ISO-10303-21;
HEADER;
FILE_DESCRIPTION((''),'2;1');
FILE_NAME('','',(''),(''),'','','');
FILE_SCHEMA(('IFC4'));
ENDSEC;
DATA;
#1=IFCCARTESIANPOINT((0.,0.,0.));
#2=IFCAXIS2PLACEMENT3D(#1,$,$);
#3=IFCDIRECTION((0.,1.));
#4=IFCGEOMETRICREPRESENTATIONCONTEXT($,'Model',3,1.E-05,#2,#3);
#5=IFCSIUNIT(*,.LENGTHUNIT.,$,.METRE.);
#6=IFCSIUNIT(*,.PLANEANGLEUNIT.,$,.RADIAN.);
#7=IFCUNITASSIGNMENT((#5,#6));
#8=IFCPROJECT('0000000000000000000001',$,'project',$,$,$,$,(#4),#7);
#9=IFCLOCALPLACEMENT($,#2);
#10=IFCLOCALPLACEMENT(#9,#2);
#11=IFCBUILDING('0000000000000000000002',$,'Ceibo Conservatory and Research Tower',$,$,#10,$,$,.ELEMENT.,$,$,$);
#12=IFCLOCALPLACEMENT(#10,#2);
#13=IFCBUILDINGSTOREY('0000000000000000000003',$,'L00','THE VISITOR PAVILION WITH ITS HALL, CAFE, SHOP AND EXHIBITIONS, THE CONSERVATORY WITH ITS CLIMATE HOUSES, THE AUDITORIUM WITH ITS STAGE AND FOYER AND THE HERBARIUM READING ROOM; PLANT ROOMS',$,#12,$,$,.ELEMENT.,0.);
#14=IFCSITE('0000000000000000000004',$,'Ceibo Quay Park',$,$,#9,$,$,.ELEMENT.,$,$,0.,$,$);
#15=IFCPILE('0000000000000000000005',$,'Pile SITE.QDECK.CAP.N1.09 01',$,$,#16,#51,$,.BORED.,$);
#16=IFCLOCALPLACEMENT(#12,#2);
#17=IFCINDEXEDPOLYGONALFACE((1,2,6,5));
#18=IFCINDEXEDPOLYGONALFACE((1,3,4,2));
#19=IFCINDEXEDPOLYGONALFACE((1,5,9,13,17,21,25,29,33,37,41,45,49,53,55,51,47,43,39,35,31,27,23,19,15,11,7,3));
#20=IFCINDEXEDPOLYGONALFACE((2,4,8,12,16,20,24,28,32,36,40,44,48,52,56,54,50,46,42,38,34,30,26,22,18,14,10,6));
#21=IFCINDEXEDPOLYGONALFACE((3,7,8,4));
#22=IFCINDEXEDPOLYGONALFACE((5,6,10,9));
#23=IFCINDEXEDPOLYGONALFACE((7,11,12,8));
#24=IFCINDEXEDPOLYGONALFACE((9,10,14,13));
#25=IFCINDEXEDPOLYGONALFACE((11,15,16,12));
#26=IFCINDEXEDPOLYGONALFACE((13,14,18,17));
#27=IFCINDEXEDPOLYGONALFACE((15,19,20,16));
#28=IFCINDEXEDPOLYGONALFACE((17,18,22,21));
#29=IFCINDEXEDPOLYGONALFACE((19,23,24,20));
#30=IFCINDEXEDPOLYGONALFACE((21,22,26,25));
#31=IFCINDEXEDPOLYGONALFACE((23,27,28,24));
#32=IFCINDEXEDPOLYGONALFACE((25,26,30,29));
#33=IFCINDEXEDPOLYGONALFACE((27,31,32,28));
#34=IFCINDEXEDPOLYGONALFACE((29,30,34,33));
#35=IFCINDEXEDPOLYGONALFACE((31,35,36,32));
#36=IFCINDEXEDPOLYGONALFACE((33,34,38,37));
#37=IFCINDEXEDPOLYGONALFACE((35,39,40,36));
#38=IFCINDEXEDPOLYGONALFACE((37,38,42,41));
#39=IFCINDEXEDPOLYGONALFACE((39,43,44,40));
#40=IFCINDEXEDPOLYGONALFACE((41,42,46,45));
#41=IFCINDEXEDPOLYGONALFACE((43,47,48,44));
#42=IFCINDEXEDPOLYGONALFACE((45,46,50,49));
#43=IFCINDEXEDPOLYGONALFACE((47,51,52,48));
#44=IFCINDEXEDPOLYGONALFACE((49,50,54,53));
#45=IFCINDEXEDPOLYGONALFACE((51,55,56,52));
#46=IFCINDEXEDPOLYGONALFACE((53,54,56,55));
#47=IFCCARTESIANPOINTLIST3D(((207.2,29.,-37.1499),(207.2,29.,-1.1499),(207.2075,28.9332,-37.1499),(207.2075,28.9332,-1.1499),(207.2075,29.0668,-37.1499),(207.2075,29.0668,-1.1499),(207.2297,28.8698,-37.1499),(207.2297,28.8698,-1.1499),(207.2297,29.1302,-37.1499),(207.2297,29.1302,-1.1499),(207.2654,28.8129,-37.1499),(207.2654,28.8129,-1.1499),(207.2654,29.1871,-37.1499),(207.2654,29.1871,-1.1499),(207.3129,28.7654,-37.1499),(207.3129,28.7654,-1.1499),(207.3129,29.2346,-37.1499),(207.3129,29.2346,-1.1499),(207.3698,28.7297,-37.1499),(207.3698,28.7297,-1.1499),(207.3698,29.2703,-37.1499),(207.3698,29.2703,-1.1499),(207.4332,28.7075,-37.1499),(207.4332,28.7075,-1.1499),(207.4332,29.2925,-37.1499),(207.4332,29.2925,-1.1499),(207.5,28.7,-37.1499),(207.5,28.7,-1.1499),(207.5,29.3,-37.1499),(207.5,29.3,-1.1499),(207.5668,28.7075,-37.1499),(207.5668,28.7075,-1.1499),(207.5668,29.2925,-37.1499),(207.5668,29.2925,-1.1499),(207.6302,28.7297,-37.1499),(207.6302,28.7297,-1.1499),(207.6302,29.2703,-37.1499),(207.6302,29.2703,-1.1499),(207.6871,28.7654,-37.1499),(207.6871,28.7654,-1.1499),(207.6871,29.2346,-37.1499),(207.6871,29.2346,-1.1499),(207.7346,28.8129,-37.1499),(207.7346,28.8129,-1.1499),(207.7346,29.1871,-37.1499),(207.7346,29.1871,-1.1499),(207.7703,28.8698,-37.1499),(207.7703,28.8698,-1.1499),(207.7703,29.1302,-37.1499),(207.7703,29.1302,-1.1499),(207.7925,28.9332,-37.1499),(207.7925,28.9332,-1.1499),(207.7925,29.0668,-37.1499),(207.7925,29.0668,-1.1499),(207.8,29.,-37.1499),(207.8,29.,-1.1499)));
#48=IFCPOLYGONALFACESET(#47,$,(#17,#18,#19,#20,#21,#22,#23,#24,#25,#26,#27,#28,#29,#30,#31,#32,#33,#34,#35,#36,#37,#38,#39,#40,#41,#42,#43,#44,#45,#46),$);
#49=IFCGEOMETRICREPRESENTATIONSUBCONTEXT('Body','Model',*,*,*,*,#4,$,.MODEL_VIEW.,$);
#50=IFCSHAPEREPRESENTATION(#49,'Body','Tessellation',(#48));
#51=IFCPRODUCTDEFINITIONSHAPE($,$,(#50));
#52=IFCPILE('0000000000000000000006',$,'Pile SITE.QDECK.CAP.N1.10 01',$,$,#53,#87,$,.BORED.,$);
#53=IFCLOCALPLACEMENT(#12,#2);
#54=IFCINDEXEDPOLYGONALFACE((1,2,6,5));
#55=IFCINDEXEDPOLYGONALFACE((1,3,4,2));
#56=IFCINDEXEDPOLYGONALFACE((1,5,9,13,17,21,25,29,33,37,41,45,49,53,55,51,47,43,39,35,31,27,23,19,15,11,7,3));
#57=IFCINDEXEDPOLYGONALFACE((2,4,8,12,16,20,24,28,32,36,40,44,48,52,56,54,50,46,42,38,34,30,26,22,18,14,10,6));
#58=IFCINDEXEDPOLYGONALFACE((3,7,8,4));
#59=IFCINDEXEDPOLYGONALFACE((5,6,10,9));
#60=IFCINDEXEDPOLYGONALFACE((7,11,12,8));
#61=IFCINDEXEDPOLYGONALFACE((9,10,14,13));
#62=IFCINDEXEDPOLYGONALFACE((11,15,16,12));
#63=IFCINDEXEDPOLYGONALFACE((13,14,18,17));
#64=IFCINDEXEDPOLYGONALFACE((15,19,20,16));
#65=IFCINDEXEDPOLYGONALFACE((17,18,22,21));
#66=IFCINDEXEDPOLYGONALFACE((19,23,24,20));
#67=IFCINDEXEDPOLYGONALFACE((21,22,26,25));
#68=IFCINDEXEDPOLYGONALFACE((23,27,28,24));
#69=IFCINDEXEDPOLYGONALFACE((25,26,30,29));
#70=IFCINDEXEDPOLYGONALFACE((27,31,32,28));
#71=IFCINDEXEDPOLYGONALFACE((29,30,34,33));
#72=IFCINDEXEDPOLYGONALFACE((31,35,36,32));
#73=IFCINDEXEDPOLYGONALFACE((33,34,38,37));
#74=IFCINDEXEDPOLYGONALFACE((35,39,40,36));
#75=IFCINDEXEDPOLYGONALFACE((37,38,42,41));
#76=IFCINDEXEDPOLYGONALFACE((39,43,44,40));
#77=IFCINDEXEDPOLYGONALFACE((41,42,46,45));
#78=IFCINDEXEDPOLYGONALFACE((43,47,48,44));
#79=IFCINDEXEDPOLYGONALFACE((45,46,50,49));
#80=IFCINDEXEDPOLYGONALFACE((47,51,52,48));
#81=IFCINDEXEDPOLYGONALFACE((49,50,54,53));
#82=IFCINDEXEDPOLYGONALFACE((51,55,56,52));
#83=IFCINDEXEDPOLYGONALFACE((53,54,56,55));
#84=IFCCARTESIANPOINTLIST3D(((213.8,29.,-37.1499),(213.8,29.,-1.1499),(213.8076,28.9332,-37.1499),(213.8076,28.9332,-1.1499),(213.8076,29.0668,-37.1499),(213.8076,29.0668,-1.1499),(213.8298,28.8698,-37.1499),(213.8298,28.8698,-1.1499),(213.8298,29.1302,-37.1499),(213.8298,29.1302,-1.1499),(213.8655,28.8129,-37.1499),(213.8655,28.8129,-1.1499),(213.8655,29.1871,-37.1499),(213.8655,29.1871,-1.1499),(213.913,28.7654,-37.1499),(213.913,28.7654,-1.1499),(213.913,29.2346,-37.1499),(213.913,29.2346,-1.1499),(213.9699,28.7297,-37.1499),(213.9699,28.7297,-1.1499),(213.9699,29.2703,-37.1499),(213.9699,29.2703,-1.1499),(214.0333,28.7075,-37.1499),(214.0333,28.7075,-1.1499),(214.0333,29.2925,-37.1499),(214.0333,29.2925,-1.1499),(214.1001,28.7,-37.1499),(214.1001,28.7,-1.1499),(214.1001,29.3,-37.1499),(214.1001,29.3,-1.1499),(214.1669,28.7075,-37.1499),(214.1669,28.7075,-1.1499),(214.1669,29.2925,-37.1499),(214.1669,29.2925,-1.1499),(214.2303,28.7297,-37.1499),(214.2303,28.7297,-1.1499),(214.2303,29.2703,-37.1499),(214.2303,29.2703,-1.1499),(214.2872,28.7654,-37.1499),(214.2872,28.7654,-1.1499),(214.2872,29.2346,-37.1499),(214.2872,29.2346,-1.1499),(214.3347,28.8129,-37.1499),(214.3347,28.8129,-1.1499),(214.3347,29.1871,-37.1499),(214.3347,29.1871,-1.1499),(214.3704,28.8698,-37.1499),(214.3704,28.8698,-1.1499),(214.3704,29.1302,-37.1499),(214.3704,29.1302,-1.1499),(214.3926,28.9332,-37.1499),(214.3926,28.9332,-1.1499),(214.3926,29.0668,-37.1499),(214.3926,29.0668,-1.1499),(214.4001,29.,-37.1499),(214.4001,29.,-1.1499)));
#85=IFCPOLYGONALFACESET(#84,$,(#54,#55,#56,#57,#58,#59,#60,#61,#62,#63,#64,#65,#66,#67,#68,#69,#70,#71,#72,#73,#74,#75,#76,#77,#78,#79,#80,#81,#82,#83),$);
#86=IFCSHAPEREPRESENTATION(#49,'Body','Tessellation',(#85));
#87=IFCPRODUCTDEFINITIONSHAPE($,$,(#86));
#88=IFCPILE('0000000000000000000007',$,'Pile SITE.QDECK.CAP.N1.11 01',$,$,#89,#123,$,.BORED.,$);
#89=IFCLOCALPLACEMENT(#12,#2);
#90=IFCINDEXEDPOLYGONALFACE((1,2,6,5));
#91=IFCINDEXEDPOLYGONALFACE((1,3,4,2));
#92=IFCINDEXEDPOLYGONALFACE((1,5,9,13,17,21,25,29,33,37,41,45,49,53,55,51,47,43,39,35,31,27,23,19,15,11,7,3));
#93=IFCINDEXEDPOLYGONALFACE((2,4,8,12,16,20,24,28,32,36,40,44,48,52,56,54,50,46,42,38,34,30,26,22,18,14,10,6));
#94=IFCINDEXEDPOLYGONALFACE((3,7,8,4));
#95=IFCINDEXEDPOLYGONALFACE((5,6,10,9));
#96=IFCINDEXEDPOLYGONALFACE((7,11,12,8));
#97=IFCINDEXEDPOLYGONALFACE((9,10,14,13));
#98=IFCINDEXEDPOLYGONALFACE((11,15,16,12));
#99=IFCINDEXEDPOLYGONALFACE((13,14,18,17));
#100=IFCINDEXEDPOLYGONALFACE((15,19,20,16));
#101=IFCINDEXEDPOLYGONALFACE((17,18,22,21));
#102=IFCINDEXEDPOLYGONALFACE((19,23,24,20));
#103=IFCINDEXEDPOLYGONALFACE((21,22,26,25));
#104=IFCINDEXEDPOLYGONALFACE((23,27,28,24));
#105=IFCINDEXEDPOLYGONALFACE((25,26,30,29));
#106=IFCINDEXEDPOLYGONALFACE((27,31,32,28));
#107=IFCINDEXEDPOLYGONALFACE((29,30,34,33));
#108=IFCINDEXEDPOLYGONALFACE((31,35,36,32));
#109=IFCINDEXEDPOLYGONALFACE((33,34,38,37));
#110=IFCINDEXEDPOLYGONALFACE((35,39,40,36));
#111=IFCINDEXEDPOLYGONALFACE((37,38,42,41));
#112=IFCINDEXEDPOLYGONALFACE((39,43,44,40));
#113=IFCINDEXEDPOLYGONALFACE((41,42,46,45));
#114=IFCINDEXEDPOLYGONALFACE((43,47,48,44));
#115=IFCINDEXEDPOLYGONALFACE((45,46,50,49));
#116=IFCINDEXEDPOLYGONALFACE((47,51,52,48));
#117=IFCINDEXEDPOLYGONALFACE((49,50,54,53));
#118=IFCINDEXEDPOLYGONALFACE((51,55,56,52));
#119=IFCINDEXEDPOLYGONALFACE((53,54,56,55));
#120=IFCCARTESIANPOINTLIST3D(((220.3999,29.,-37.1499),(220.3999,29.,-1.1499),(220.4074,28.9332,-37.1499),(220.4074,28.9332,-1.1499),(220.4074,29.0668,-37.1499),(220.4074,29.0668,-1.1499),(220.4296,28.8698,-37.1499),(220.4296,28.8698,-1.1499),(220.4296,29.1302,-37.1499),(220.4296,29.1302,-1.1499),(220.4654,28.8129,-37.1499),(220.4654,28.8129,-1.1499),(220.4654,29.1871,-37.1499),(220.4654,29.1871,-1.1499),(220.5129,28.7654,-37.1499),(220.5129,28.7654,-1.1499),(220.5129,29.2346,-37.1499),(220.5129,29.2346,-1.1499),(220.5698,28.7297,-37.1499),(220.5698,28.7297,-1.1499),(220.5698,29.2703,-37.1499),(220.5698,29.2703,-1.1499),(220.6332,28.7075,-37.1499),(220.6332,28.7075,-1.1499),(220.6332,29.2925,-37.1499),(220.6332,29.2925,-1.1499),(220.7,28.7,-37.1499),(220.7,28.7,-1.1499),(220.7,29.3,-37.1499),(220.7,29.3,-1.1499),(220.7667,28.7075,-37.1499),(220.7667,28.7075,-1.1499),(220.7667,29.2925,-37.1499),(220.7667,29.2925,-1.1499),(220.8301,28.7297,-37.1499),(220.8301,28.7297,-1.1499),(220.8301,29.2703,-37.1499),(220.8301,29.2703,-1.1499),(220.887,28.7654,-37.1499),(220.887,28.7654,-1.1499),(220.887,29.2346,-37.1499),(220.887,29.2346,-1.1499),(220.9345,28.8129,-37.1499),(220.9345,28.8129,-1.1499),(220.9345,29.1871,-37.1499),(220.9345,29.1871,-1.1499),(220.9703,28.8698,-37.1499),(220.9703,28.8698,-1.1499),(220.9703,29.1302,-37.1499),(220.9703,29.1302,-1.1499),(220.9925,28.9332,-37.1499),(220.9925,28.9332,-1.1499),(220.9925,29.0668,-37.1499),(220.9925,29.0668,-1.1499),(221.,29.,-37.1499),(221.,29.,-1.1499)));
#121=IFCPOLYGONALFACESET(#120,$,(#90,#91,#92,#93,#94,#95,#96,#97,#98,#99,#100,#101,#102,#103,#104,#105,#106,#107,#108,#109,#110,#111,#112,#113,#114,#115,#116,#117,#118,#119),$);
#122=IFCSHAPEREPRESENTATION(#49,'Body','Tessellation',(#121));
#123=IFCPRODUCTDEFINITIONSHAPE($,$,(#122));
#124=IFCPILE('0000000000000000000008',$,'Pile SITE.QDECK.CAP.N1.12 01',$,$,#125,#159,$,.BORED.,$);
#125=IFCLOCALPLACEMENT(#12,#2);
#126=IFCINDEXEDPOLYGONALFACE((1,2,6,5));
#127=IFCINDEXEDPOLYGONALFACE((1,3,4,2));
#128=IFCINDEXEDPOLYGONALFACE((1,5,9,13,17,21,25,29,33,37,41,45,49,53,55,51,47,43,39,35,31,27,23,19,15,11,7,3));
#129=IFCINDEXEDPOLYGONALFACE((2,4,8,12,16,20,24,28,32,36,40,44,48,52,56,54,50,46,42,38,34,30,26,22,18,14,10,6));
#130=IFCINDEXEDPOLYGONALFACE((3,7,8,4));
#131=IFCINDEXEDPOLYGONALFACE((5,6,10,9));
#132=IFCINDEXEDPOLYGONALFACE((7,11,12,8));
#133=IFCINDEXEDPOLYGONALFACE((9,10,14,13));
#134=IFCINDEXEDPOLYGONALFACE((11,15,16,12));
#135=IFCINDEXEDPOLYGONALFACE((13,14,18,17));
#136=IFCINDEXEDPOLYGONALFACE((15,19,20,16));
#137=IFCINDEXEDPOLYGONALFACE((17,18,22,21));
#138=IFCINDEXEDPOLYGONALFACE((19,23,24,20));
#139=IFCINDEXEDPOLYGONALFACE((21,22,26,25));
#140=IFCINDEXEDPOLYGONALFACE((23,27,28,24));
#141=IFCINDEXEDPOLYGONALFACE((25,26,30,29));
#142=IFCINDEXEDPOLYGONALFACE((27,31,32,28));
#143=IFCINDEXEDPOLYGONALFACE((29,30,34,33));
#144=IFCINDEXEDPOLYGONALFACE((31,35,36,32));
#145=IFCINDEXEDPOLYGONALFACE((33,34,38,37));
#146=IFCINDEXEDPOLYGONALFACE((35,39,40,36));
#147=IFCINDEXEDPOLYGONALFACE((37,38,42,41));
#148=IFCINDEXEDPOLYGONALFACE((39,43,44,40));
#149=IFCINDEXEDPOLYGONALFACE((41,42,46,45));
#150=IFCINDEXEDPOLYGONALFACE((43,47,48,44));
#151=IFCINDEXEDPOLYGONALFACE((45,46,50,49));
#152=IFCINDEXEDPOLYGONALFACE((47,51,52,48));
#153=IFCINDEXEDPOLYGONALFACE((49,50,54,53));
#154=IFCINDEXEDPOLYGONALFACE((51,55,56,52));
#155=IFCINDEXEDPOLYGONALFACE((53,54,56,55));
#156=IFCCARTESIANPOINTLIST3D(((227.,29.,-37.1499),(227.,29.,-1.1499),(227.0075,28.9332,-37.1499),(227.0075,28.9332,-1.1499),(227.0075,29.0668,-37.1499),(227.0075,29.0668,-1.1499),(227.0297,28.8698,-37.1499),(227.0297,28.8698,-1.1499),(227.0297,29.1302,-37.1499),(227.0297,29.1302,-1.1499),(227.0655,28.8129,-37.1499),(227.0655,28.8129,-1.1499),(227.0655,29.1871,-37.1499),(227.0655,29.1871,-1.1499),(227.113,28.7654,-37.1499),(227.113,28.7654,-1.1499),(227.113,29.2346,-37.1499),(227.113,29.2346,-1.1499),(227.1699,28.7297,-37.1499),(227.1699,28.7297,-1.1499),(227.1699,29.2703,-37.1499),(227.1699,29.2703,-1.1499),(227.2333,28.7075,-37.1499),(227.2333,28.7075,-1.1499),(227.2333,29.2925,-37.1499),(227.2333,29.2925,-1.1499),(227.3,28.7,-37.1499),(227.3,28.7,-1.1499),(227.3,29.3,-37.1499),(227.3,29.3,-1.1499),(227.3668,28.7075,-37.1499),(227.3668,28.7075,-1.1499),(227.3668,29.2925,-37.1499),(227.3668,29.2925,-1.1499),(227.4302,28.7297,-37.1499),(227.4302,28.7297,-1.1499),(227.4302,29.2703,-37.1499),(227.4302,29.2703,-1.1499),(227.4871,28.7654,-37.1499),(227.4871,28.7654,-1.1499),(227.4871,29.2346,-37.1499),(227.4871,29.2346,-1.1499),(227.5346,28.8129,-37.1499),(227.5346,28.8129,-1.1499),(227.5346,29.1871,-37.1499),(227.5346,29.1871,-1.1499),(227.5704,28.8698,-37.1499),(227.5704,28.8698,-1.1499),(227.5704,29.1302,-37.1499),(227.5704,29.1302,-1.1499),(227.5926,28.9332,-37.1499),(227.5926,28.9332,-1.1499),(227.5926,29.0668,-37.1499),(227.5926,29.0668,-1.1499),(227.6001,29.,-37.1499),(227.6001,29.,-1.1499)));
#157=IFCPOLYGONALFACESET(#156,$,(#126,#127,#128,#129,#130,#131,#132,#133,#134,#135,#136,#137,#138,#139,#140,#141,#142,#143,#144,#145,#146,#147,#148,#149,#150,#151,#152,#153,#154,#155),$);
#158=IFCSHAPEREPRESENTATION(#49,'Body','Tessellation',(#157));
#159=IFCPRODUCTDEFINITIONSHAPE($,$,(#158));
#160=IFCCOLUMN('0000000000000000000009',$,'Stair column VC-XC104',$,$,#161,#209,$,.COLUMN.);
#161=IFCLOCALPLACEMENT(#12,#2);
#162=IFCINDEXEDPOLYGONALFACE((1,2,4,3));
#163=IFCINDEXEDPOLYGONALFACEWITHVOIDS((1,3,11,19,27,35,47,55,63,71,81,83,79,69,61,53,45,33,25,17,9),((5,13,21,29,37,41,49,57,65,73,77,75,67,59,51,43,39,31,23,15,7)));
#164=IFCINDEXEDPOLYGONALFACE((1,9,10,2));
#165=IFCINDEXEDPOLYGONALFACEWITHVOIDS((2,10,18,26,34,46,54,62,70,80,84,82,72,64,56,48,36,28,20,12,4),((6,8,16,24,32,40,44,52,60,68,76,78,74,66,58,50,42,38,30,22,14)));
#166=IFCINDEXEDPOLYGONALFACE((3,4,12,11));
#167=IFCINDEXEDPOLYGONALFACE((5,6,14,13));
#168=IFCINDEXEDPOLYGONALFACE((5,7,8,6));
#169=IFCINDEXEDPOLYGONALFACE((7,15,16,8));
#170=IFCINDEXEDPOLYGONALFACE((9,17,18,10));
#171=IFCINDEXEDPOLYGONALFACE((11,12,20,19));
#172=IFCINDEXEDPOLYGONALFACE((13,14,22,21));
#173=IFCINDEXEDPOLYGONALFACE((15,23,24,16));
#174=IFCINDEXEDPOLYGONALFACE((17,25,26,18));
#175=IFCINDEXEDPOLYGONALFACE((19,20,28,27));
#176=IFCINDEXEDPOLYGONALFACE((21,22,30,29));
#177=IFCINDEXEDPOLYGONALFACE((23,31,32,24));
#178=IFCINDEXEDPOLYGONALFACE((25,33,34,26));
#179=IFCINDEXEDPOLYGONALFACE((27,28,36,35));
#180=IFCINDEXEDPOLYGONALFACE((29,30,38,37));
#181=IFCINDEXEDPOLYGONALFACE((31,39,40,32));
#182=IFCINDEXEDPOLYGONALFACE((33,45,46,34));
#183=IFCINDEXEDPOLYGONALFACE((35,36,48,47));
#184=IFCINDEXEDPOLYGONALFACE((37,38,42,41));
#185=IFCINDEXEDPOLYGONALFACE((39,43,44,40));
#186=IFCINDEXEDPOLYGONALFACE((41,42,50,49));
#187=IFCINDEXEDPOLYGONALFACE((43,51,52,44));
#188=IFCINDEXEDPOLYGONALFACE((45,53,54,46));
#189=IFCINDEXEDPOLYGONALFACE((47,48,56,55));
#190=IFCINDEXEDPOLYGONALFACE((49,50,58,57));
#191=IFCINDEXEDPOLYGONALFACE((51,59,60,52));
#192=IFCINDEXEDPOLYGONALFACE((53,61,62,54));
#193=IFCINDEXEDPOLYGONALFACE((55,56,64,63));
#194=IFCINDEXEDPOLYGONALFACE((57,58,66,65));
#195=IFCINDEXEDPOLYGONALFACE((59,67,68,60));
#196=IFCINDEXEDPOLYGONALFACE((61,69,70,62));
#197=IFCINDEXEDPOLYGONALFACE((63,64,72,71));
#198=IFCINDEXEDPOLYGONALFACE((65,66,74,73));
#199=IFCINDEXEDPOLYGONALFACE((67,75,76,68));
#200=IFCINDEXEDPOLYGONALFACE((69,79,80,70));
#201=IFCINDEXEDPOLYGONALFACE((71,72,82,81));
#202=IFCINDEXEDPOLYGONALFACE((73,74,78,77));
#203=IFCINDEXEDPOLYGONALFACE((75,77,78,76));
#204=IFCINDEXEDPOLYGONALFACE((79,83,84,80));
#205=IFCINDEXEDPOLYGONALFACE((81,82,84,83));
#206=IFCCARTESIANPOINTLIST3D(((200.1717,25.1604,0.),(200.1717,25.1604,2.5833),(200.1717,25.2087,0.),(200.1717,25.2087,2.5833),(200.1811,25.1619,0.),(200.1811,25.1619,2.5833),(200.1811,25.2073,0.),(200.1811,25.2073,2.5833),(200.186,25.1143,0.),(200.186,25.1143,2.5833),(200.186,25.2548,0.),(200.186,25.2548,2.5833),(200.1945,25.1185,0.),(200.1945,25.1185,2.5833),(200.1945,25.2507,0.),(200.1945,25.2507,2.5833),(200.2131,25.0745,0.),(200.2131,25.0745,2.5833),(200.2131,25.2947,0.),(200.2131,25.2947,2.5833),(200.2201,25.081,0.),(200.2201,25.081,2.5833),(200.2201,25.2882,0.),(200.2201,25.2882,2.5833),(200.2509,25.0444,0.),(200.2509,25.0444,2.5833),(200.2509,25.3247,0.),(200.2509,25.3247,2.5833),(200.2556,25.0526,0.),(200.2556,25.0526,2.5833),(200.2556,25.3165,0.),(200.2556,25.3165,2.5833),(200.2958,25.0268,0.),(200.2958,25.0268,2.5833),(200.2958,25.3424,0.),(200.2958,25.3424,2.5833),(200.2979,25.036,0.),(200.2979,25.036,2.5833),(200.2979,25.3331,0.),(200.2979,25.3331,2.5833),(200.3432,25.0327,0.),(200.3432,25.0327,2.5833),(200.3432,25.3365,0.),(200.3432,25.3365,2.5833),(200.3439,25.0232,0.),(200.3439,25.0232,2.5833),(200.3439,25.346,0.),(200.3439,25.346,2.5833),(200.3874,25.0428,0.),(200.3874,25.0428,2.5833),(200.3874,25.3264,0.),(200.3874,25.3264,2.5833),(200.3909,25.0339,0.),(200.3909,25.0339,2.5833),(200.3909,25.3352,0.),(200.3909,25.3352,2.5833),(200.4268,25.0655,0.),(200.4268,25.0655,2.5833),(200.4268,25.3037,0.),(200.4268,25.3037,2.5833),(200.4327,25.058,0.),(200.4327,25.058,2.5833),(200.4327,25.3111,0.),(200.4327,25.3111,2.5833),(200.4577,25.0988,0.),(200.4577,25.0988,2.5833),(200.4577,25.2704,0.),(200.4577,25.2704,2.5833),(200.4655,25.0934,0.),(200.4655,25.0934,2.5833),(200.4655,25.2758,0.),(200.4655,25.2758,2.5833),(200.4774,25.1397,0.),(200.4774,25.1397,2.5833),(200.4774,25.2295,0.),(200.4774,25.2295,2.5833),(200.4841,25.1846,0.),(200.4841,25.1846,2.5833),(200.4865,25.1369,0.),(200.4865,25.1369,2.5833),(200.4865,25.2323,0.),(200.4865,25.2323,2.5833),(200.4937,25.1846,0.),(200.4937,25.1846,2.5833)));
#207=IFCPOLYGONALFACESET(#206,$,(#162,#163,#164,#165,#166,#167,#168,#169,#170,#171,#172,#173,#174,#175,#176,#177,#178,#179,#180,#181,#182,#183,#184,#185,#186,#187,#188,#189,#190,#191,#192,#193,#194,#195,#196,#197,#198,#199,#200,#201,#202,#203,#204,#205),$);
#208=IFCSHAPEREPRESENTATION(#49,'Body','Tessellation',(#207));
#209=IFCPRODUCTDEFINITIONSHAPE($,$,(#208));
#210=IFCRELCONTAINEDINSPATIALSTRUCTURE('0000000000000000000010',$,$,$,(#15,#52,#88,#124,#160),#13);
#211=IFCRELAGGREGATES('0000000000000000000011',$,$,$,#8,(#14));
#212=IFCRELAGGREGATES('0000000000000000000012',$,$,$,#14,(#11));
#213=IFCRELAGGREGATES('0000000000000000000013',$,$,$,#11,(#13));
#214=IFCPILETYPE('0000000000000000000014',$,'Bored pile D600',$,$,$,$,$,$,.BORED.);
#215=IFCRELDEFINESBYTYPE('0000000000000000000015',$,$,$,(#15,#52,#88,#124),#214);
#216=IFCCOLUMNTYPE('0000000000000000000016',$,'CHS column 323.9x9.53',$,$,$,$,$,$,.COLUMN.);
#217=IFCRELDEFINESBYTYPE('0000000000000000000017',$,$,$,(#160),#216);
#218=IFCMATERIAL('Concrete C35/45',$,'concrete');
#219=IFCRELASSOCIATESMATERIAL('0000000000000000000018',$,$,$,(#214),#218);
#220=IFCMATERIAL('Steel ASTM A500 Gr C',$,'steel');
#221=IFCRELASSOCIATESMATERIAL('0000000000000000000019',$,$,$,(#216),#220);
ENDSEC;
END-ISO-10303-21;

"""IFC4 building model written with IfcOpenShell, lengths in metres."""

from ifc_helpers import new_model, si_unit, direction, frame, origin, origin_2d, place, context, subcontext, project, spatial, circle, hollow_circle, extrude, material, material_profile, profile_set, type_object, element, save


model = new_model("IFC4")

# Units and contexts
model_context = context("Model", 3, precision=1e-05, world=origin(), true_north=direction((0.0, 1.0)))
body_context = subcontext(model_context, "Body", "Model", "MODEL_VIEW")
ifc_project = project(units=[si_unit("LENGTHUNIT", "METRE"), si_unit("PLANEANGLEUNIT", "RADIAN")], contexts=[model_context])

# Site, building, storey
site_placement = place(None, origin())
site = spatial("IfcSite", under=ifc_project, at=site_placement, Name="Ceibo Quay Park", CompositionType="ELEMENT", RefElevation=0.0)
building_placement = place(site_placement, origin())
building = spatial("IfcBuilding", under=site, at=building_placement, Name="Ceibo Conservatory and Research Tower", CompositionType="ELEMENT")
storey_placement = place(building_placement, origin())
storey = spatial("IfcBuildingStorey", under=building, at=storey_placement, Name="L00", Description="THE VISITOR PAVILION WITH ITS HALL, CAFE, SHOP AND EXHIBITIONS, THE CONSERVATORY WITH ITS CLIMATE HOUSES, THE AUDITORIUM WITH ITS STAGE AND FOYER AND THE HERBARIUM READING ROOM; PLANT ROOMS", CompositionType="ELEMENT", Elevation=0.0)

# Piles
ifc_material_1 = material(Name="Concrete C35/45", Category="concrete")
ifc_material_profile_1 = material_profile(ifc_material_1, circle(Radius=0.3, at=origin_2d()), Name="RC D600")
ifc_profile_set_1 = profile_set([ifc_material_profile_1], Name="Concrete C35/45")
pile_type = type_object("IfcPileType", Name="Bored pile D600", PredefinedType="BORED", material=ifc_profile_set_1)
for number, where, z_axis, x_axis, name in (
    (1, (207.5, 29.0, -1.1499), (0.0, 0.0, -1.0), (1.0, 0.0, 0.0), "Pile SITE.QDECK.CAP.N1.09 01"),
    (2, (214.1001, 29.0, -1.1499), (0.0, 0.0, -1.0), (1.0, 0.0, 0.0), "Pile SITE.QDECK.CAP.N1.10 01"),
    (3, (220.7, 29.0, -1.1499), (0.0, 0.0, -1.0), (1.0, 0.0, 0.0), "Pile SITE.QDECK.CAP.N1.11 01"),
    (4, (227.3, 29.0, -1.1499), (0.0, 0.0, -1.0), (1.0, 0.0, 0.0), "Pile SITE.QDECK.CAP.N1.12 01"),
):
    element("IfcPile", number, at=place(storey_placement, frame(where, z_axis=z_axis, x_axis=x_axis)), inside=storey, type_object=pile_type, Name=name, PredefinedType="BORED", context=body_context, shape_type="SweptSolid", body=[
        extrude(circle(Radius=0.3, at=origin_2d()), origin(), (0.0, 0.0, 1.0), 36.0),
    ])

# Column
ifc_material_2 = material(Name="Steel ASTM A500 Gr C", Category="steel")
ifc_material_profile_2 = material_profile(ifc_material_2, hollow_circle(Radius=0.1619, WallThickness=0.0095, at=origin_2d()), Name="CHS column 323.9x9.53")
ifc_profile_set_2 = profile_set([ifc_material_profile_2], Name="Steel ASTM A500 Gr C")
column_type = type_object("IfcColumnType", Name="CHS column 323.9x9.53", PredefinedType="COLUMN", material=ifc_profile_set_2)
for number, where, z_axis, x_axis, name in (
    (5, (200.3318, 25.1846, 0.0), (0.0, 0.0, 1.0), (1.0, 0.0, 0.0), "Stair column VC-XC104"),
):
    element("IfcColumn", number, at=place(storey_placement, frame(where, z_axis=z_axis, x_axis=x_axis)), inside=storey, type_object=column_type, Name=name, PredefinedType="COLUMN", context=body_context, shape_type="SweptSolid", body=[
        extrude(hollow_circle(Radius=0.1619, WallThickness=0.0095, at=origin_2d()), origin(), (0.0, 0.0, 1.0), 2.5833),
    ])

save(model, "model.ifc")
